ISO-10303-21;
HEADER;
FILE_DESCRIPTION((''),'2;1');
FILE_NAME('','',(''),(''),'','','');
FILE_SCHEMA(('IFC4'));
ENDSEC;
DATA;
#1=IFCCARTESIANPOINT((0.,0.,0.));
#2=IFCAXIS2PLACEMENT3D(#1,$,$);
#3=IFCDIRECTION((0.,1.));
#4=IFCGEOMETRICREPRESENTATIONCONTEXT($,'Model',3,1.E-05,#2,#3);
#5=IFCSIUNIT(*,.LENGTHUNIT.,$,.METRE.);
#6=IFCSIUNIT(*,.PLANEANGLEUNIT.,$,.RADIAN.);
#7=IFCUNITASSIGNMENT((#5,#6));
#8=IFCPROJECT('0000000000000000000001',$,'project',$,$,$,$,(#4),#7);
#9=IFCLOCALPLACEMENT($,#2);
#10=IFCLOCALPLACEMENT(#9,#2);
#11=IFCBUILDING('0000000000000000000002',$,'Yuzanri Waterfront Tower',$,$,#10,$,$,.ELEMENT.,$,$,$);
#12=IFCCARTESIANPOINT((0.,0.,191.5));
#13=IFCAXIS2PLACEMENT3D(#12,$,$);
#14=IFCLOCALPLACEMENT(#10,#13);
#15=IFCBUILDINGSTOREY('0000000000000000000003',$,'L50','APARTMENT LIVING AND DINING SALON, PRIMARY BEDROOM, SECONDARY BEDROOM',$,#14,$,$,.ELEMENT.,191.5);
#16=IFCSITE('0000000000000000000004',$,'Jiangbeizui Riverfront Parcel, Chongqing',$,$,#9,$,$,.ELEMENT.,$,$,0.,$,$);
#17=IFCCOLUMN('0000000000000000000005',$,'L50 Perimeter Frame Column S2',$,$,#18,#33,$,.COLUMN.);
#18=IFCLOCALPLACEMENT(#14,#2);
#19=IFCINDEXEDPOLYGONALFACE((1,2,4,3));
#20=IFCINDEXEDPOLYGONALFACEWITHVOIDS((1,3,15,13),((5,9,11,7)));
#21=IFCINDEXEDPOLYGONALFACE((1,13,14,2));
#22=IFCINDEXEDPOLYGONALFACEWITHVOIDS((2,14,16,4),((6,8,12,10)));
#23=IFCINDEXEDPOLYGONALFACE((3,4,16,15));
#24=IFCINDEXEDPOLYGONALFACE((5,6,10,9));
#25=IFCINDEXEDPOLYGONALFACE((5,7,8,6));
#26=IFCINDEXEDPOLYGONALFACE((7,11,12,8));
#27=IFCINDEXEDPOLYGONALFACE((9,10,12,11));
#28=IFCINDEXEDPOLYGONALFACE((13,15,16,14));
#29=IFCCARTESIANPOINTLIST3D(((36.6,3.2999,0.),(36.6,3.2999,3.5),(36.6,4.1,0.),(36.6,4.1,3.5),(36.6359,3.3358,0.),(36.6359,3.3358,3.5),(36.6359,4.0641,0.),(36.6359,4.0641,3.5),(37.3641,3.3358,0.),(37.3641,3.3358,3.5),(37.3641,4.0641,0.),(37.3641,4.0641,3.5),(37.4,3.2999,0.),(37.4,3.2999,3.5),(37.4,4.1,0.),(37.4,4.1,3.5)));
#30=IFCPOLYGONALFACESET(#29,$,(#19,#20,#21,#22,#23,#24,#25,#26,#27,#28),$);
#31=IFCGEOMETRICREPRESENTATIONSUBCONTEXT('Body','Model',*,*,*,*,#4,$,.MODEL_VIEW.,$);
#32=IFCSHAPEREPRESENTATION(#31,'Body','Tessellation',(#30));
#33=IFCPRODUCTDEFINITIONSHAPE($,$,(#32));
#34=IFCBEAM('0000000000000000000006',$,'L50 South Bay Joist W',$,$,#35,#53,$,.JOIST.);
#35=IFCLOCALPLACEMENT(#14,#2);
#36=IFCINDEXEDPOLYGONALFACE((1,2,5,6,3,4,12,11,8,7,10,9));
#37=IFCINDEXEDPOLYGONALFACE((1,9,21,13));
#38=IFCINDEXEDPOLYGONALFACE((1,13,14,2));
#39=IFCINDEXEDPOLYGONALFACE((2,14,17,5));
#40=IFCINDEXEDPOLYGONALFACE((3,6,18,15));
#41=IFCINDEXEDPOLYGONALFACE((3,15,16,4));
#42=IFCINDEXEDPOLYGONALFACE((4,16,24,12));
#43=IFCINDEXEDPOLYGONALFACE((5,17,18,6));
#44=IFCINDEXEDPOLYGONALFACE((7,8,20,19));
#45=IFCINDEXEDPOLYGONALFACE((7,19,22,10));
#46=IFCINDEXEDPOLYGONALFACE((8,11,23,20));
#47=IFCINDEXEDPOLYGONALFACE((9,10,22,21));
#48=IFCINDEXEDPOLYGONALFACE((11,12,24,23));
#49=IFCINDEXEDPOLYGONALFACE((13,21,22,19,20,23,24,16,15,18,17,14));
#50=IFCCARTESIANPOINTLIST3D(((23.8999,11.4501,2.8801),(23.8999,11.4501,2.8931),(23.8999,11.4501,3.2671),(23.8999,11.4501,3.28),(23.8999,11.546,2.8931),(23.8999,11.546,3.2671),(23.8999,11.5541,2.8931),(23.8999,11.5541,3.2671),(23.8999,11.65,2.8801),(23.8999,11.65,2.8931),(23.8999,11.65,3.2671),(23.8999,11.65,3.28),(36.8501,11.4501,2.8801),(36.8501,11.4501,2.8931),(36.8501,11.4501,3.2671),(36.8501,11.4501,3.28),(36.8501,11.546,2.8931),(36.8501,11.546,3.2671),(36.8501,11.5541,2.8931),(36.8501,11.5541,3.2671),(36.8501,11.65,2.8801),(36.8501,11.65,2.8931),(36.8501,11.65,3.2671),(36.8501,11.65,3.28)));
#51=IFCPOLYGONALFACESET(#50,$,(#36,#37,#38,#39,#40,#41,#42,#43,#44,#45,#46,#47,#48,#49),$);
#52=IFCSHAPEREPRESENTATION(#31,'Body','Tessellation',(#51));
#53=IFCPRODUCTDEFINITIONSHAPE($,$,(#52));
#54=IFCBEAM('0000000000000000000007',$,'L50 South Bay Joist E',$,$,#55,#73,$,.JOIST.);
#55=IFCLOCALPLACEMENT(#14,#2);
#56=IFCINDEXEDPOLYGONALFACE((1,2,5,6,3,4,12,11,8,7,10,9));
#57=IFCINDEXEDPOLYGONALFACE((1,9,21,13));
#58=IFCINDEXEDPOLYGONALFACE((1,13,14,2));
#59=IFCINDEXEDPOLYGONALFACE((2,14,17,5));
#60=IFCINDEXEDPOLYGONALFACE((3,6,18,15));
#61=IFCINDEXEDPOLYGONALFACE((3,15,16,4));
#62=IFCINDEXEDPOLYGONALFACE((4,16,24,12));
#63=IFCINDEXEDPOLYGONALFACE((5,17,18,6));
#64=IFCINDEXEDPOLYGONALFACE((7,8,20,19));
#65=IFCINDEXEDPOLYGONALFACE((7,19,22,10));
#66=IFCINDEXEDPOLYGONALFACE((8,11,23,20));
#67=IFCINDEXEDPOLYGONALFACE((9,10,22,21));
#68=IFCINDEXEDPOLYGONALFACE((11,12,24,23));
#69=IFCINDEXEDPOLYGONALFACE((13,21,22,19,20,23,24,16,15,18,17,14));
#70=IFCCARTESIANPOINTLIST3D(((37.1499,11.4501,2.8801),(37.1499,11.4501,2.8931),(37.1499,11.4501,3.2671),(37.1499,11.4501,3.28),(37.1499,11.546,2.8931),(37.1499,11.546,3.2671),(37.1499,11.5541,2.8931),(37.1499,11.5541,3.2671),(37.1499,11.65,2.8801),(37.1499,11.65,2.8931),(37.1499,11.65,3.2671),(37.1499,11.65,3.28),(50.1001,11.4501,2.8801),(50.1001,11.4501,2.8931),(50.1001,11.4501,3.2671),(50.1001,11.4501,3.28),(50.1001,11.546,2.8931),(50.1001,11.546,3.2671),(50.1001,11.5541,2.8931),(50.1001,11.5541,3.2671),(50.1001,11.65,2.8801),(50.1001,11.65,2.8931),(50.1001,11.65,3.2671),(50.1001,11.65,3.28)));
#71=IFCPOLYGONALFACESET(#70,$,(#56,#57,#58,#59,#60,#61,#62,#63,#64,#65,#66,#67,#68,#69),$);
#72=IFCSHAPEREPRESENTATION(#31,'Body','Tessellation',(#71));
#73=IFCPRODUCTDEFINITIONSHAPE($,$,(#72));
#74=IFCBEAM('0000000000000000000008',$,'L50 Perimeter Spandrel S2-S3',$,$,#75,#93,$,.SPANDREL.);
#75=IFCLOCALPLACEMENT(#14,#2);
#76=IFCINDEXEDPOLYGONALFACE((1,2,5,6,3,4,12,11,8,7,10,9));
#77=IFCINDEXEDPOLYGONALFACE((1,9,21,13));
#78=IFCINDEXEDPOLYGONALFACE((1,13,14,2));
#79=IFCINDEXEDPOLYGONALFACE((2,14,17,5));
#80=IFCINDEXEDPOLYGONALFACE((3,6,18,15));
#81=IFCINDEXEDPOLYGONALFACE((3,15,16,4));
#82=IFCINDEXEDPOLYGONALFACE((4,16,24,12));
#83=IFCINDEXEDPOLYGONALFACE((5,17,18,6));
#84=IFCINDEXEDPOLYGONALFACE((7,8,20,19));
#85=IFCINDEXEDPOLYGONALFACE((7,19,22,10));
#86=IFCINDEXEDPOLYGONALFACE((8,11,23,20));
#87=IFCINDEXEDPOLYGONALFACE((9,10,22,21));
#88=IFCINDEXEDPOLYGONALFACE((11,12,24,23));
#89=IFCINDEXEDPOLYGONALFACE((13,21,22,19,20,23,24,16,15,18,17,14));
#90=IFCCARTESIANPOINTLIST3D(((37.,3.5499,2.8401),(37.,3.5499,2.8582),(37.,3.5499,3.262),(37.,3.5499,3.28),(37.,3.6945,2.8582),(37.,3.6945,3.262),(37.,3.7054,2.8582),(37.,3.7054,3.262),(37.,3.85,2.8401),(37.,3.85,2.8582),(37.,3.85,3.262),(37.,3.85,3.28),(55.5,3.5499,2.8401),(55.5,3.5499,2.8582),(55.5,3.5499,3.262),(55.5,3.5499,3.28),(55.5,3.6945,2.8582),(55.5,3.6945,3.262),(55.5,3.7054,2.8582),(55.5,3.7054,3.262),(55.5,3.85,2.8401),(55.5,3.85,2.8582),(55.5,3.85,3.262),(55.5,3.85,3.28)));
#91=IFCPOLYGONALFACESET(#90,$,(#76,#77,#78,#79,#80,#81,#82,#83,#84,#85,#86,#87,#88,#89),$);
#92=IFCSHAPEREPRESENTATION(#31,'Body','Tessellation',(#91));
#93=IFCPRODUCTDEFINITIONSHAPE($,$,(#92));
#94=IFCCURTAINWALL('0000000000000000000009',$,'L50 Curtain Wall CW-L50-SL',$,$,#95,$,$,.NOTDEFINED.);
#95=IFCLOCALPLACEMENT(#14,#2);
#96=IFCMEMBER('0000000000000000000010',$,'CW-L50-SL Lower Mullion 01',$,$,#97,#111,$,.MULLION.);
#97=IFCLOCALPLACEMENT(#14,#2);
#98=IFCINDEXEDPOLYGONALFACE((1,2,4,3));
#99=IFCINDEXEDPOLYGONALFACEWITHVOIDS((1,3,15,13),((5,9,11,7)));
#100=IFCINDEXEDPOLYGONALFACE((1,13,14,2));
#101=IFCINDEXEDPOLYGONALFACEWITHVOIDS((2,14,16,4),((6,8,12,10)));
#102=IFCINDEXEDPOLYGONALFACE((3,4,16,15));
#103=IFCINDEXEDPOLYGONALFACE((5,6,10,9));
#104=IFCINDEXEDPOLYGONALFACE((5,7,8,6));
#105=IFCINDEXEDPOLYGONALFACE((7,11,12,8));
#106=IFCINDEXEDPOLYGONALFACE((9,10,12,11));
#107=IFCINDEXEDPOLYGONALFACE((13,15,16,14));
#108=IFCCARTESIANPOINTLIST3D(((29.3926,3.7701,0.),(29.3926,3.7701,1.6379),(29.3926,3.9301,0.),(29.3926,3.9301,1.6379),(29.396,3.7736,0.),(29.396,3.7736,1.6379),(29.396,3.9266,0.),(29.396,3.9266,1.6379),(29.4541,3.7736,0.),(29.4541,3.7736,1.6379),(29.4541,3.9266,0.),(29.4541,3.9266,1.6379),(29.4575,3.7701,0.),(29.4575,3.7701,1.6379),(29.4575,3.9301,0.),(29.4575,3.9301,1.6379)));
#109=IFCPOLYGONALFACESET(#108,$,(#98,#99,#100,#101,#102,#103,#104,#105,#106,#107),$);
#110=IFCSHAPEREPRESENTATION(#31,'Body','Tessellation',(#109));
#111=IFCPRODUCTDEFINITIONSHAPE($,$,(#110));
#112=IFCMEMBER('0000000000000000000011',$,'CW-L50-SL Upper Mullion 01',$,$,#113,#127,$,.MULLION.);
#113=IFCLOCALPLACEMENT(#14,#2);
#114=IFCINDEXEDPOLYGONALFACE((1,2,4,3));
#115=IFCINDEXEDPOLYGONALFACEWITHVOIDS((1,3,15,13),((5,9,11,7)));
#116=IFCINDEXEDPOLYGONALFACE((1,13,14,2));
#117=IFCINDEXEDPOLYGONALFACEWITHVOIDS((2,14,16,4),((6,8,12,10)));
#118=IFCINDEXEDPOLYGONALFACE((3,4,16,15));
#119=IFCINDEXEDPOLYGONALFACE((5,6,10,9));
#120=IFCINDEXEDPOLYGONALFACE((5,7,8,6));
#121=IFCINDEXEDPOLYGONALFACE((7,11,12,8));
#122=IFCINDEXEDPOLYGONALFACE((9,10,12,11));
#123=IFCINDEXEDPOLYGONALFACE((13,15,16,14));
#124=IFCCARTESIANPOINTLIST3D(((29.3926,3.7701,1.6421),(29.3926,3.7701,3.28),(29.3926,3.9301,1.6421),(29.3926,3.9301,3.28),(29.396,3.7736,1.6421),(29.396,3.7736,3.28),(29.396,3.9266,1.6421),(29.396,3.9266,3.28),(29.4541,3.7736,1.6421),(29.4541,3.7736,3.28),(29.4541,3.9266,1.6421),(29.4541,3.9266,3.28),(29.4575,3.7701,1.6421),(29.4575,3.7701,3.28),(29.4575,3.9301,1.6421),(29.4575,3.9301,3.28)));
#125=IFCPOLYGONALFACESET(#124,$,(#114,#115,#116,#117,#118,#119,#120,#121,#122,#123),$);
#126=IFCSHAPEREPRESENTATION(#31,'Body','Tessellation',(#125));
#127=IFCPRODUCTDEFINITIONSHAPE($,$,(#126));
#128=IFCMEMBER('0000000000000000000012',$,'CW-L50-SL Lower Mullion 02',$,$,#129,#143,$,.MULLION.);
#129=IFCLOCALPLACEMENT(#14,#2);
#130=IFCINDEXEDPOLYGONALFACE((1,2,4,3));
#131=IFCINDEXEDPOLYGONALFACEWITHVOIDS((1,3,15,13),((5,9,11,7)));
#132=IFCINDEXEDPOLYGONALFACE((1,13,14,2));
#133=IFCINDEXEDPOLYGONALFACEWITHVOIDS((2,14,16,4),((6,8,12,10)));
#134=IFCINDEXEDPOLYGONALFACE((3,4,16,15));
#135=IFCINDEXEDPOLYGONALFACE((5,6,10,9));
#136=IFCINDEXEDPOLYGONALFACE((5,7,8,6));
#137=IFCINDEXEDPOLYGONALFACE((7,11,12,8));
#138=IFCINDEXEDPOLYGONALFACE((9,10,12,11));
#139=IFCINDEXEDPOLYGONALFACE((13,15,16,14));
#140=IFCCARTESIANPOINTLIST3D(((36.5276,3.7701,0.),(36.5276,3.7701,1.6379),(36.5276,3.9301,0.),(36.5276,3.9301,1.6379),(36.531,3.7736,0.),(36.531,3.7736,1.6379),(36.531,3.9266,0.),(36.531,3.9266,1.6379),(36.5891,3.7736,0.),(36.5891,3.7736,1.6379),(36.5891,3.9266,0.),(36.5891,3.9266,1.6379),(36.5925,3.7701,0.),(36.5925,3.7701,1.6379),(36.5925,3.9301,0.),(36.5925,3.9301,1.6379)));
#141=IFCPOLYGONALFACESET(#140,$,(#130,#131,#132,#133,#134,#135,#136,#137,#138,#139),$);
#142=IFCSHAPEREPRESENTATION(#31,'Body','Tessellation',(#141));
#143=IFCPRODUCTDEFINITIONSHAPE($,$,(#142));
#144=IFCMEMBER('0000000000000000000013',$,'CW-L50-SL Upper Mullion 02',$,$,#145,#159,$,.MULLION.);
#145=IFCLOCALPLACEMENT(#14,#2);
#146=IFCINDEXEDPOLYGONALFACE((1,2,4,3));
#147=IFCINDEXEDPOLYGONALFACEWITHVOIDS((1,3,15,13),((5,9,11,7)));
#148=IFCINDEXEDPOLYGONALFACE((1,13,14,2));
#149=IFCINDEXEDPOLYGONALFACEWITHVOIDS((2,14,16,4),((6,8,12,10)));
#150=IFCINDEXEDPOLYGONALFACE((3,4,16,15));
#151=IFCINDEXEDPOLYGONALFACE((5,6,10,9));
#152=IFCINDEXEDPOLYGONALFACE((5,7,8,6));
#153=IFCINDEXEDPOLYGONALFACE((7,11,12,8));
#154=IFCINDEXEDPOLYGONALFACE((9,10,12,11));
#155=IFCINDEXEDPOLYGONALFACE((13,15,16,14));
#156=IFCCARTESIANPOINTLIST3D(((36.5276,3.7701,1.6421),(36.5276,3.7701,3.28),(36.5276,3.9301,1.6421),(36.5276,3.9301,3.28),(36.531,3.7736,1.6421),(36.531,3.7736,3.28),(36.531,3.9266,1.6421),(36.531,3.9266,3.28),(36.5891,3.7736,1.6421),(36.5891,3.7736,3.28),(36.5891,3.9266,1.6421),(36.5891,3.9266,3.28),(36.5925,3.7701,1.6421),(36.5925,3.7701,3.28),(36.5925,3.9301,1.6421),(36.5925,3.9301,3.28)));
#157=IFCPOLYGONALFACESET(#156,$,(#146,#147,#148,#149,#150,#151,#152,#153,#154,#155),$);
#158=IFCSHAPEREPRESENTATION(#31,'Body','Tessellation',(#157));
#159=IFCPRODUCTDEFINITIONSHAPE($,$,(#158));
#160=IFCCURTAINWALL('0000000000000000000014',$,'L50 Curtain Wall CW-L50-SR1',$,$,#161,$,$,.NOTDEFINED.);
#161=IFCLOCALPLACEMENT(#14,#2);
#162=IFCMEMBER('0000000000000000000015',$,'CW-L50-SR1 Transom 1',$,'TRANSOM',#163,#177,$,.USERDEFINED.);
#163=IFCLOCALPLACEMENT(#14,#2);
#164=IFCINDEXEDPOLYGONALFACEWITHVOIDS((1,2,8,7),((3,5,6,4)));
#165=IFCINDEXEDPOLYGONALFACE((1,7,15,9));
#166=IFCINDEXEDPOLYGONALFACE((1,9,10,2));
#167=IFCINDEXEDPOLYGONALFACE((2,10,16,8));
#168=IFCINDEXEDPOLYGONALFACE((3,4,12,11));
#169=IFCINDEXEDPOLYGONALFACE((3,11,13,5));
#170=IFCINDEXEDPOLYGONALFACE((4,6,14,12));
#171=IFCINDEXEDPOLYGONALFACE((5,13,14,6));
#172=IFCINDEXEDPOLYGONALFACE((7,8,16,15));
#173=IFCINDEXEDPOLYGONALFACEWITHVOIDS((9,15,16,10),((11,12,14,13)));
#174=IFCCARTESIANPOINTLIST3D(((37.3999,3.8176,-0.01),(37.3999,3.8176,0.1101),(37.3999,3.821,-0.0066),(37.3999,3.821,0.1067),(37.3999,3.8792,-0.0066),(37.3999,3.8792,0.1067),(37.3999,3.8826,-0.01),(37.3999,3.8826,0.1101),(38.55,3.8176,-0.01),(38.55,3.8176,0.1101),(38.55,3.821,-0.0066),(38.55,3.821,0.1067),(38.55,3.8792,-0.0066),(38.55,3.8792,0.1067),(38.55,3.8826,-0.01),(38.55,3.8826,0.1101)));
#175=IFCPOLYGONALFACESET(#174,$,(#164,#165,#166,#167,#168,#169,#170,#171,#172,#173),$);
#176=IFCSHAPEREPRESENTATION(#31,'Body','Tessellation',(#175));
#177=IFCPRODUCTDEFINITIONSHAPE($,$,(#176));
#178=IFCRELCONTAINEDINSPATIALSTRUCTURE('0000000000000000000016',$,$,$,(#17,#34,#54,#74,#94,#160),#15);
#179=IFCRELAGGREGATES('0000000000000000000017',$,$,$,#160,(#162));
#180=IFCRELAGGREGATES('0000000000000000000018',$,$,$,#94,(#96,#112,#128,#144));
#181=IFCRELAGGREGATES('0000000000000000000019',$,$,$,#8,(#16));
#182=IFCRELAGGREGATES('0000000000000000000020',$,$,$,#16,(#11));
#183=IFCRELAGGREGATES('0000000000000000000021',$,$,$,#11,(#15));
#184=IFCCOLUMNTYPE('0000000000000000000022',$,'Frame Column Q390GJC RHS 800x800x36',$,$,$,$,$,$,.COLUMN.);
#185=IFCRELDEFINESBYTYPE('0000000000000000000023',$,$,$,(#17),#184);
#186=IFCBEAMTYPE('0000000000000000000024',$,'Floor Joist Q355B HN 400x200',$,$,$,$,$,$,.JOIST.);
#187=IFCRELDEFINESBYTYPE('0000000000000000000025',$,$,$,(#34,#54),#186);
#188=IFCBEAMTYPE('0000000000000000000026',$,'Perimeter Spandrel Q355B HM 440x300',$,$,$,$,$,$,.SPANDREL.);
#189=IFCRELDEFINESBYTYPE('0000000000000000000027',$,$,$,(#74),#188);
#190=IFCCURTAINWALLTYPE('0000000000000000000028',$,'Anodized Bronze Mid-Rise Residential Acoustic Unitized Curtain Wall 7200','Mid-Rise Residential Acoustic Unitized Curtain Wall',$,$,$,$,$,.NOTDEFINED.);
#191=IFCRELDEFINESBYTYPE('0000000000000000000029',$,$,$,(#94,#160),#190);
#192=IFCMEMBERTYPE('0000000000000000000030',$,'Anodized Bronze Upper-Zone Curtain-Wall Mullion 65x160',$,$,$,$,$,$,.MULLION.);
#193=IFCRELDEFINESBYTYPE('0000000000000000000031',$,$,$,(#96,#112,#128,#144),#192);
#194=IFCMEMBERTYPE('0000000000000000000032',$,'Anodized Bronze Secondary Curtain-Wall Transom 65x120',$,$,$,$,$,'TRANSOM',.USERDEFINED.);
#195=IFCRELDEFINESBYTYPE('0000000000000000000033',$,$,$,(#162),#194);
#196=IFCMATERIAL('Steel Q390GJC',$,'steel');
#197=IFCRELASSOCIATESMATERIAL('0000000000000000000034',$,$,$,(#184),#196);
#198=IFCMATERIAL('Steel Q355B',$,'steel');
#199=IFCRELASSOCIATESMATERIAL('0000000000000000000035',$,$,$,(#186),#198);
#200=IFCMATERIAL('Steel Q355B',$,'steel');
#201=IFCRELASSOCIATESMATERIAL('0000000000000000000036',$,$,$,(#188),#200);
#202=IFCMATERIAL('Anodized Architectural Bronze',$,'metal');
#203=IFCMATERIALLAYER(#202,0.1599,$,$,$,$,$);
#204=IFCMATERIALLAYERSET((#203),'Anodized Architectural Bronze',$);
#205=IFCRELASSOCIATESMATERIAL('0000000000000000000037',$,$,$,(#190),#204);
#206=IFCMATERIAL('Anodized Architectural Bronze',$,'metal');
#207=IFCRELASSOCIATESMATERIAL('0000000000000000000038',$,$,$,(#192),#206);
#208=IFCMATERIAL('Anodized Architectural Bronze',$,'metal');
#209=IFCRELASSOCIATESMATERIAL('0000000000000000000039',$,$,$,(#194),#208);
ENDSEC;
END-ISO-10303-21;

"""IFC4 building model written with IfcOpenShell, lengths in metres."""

from ifc_helpers import new_model, si_unit, direction, frame, origin, origin_2d, place, context, subcontext, project, spatial, hollow_rectangle, i_section, extrude, source, transform, mapped, material, layer, layer_set, material_profile, profile_set, type_object, element, aggregate, save


model = new_model("IFC4")

# Units and contexts
model_context = context("Model", 3, precision=1e-05, world=origin(), true_north=direction((0.0, 1.0)))
body_context = subcontext(model_context, "Body", "Model", "MODEL_VIEW")
ifc_project = project(units=[si_unit("LENGTHUNIT", "METRE"), si_unit("PLANEANGLEUNIT", "RADIAN")], contexts=[model_context])

# Site, building, storey
site_placement = place(None, origin())
site = spatial("IfcSite", under=ifc_project, at=site_placement, Name="Jiangbeizui Riverfront Parcel, Chongqing", CompositionType="ELEMENT", RefElevation=0.0)
building_placement = place(site_placement, origin())
building = spatial("IfcBuilding", under=site, at=building_placement, Name="Yuzanri Waterfront Tower", CompositionType="ELEMENT")
storey_placement = place(building_placement, frame((0.0, 0.0, 191.5)))
storey = spatial("IfcBuildingStorey", under=building, at=storey_placement, Name="L50", Description="APARTMENT LIVING AND DINING SALON, PRIMARY BEDROOM, SECONDARY BEDROOM", CompositionType="ELEMENT", Elevation=191.5)

# Column
ifc_material_1 = material(Name="Steel Q390GJC", Category="steel")
ifc_material_profile_1 = material_profile(ifc_material_1, hollow_rectangle(XDim=0.8, YDim=0.8, WallThickness=0.0359, at=origin_2d()), Name="RHS 800x800x36")
ifc_profile_set_1 = profile_set([ifc_material_profile_1], Name="Steel Q390GJC")
column_type = type_object("IfcColumnType", Name="Frame Column Q390GJC RHS 800x800x36", PredefinedType="COLUMN", material=ifc_profile_set_1)
shared_shape_1 = source(origin(), body_context, "Body", "SweptSolid", [
    extrude(hollow_rectangle(XDim=0.8, YDim=0.8, WallThickness=0.0359, at=origin_2d()), origin(), (0.0, 0.0, 1.0), 3.5),
])
column_placement = place(storey_placement, frame((37.0, 3.7, 0.0), z_axis=(0.0, 0.0, 1.0), x_axis=(1.0, 0.0, 0.0)))
element("IfcColumn", 1, at=column_placement, inside=storey, type_object=column_type, Name="L50 Perimeter Frame Column S2", PredefinedType="COLUMN", context=body_context, shape_type="MappedRepresentation", body=[
    mapped(shared_shape_1, transform((0.0, 0.0, 0.0), scale=1.0)),
])

# Beams
ifc_material_2 = material(Name="Steel Q355B", Category="steel")
ifc_material_profile_2 = material_profile(ifc_material_2, i_section(OverallWidth=0.2, OverallDepth=0.3999, WebThickness=0.0081, FlangeThickness=0.0129, at=origin_2d()), Name="HN 400x200x8x13")
ifc_profile_set_2 = profile_set([ifc_material_profile_2], Name="Steel Q355B")
beam_type_1 = type_object("IfcBeamType", Name="Floor Joist Q355B HN 400x200", PredefinedType="JOIST", material=ifc_profile_set_2)
shared_shape_2 = source(origin(), body_context, "Body", "SweptSolid", [
    extrude(i_section(OverallWidth=0.2, OverallDepth=0.3999, WebThickness=0.0081, FlangeThickness=0.0129, at=origin_2d()), origin(), (0.0, 0.0, 1.0), 12.9502),
])
for number, where, z_axis, x_axis, name in (
    (2, (23.8999, 11.55, 3.0801), (1.0, 0.0, 0.0), (0.0, 1.0, 0.0), "L50 South Bay Joist W"),
    (3, (37.1499, 11.55, 3.0801), (1.0, 0.0, 0.0), (0.0, 1.0, 0.0), "L50 South Bay Joist E"),
):
    element("IfcBeam", number, at=place(storey_placement, frame(where, z_axis=z_axis, x_axis=x_axis)), inside=storey, type_object=beam_type_1, Name=name, PredefinedType="JOIST", context=body_context, shape_type="MappedRepresentation", body=[
        mapped(shared_shape_2, transform((0.0, 0.0, 0.0), scale=1.0)),
    ])
ifc_material_3 = material(Name="Steel Q355B", Category="steel")
ifc_material_profile_3 = material_profile(ifc_material_3, i_section(OverallWidth=0.3, OverallDepth=0.4399, WebThickness=0.011, FlangeThickness=0.0181, at=origin_2d()), Name="HM 440x300x11x18")
ifc_profile_set_3 = profile_set([ifc_material_profile_3], Name="Steel Q355B")
beam_type_2 = type_object("IfcBeamType", Name="Perimeter Spandrel Q355B HM 440x300", PredefinedType="SPANDREL", material=ifc_profile_set_3)
shared_shape_3 = source(origin(), body_context, "Body", "SweptSolid", [
    extrude(i_section(OverallWidth=0.3, OverallDepth=0.4399, WebThickness=0.011, FlangeThickness=0.0181, at=origin_2d()), origin(), (0.0, 0.0, 1.0), 18.5),
])
beam_placement = place(storey_placement, frame((37.0, 3.7, 3.0601), z_axis=(1.0, 0.0, 0.0), x_axis=(0.0, 1.0, 0.0)))
element("IfcBeam", 4, at=beam_placement, inside=storey, type_object=beam_type_2, Name="L50 Perimeter Spandrel S2-S3", PredefinedType="SPANDREL", context=body_context, shape_type="MappedRepresentation", body=[
    mapped(shared_shape_3, transform((0.0, 0.0, 0.0), scale=1.0)),
])

# Curtain walls, members
ifc_material_4 = material(Name="Anodized Architectural Bronze", Category="metal")
ifc_layer_1 = layer(ifc_material_4, 0.1599)
ifc_layer_set_1 = layer_set([ifc_layer_1], Name="Anodized Architectural Bronze")
curtain_wall_type = type_object("IfcCurtainWallType", Name="Anodized Bronze Mid-Rise Residential Acoustic Unitized Curtain Wall 7200", Description="Mid-Rise Residential Acoustic Unitized Curtain Wall", PredefinedType="NOTDEFINED", material=ifc_layer_set_1)
curtain_wall_1_placement = place(storey_placement, origin())
curtain_wall_1 = element("IfcCurtainWall", 5, at=curtain_wall_1_placement, inside=storey, type_object=curtain_wall_type, Name="L50 Curtain Wall CW-L50-SL", PredefinedType="NOTDEFINED")
ifc_material_5 = material(Name="Anodized Architectural Bronze", Category="metal")
ifc_material_profile_4 = material_profile(ifc_material_5, hollow_rectangle(XDim=0.0649, YDim=0.1599, WallThickness=0.0034, at=origin_2d()), Name="CWM 65x160")
ifc_profile_set_4 = profile_set([ifc_material_profile_4], Name="Anodized Architectural Bronze")
member_type_1 = type_object("IfcMemberType", Name="Anodized Bronze Upper-Zone Curtain-Wall Mullion 65x160", PredefinedType="MULLION", material=ifc_profile_set_4)
shared_shape_4 = source(origin(), body_context, "Body", "SweptSolid", [
    extrude(hollow_rectangle(XDim=0.0649, YDim=0.1599, WallThickness=0.0034, at=origin_2d()), origin(), (0.0, 0.0, 1.0), 1.6379),
])
member_1_placement = place(storey_placement, frame((29.425, 3.8501, 0.0), z_axis=(0.0, 0.0, 1.0), x_axis=(1.0, 0.0, 0.0)))
member_1 = element("IfcMember", 6, at=member_1_placement, type_object=member_type_1, Name="CW-L50-SL Lower Mullion 01", PredefinedType="MULLION", context=body_context, shape_type="MappedRepresentation", body=[
    mapped(shared_shape_4, transform((0.0, 0.0, 0.0), scale=1.0)),
])
member_2_placement = place(storey_placement, frame((29.425, 3.8501, 1.6421), z_axis=(0.0, 0.0, 1.0), x_axis=(1.0, 0.0, 0.0)))
member_2 = element("IfcMember", 7, at=member_2_placement, type_object=member_type_1, Name="CW-L50-SL Upper Mullion 01", PredefinedType="MULLION", context=body_context, shape_type="MappedRepresentation", body=[
    mapped(shared_shape_4, transform((0.0, 0.0, 0.0), scale=1.0)),
])
member_3_placement = place(storey_placement, frame((36.5601, 3.8501, 0.0), z_axis=(0.0, 0.0, 1.0), x_axis=(1.0, 0.0, 0.0)))
member_3 = element("IfcMember", 8, at=member_3_placement, type_object=member_type_1, Name="CW-L50-SL Lower Mullion 02", PredefinedType="MULLION", context=body_context, shape_type="MappedRepresentation", body=[
    mapped(shared_shape_4, transform((0.0, 0.0, 0.0), scale=1.0)),
])
member_4_placement = place(storey_placement, frame((36.5601, 3.8501, 1.6421), z_axis=(0.0, 0.0, 1.0), x_axis=(1.0, 0.0, 0.0)))
member_4 = element("IfcMember", 9, at=member_4_placement, type_object=member_type_1, Name="CW-L50-SL Upper Mullion 02", PredefinedType="MULLION", context=body_context, shape_type="MappedRepresentation", body=[
    mapped(shared_shape_4, transform((0.0, 0.0, 0.0), scale=1.0)),
])
curtain_wall_2_placement = place(storey_placement, origin())
curtain_wall_2 = element("IfcCurtainWall", 10, at=curtain_wall_2_placement, inside=storey, type_object=curtain_wall_type, Name="L50 Curtain Wall CW-L50-SR1", PredefinedType="NOTDEFINED")
ifc_material_6 = material(Name="Anodized Architectural Bronze", Category="metal")
ifc_material_profile_5 = material_profile(ifc_material_6, hollow_rectangle(XDim=0.0649, YDim=0.1201, WallThickness=0.0034, at=origin_2d()), Name="CWT 65x120")
ifc_profile_set_5 = profile_set([ifc_material_profile_5], Name="Anodized Architectural Bronze")
member_type_2 = type_object("IfcMemberType", Name="Anodized Bronze Secondary Curtain-Wall Transom 65x120", ElementType="TRANSOM", PredefinedType="USERDEFINED", material=ifc_profile_set_5)
shared_shape_5 = source(origin(), body_context, "Body", "SweptSolid", [
    extrude(hollow_rectangle(XDim=0.0649, YDim=0.1201, WallThickness=0.0034, at=origin_2d()), origin(), (0.0, 0.0, 1.0), 1.1501),
])
member_5_placement = place(storey_placement, frame((37.3999, 3.8501, 0.05), z_axis=(1.0, 0.0, 0.0), x_axis=(0.0, 1.0, 0.0)))
member_5 = element("IfcMember", 11, at=member_5_placement, type_object=member_type_2, Name="CW-L50-SR1 Transom 1", ObjectType="TRANSOM", PredefinedType="USERDEFINED", context=body_context, shape_type="MappedRepresentation", body=[
    mapped(shared_shape_5, transform((0.0, 0.0, 0.0), scale=1.0)),
])
aggregate(curtain_wall_2, [member_5])

aggregate(curtain_wall_1, [member_1, member_2, member_3, member_4])

save(model, "model.ifc")
